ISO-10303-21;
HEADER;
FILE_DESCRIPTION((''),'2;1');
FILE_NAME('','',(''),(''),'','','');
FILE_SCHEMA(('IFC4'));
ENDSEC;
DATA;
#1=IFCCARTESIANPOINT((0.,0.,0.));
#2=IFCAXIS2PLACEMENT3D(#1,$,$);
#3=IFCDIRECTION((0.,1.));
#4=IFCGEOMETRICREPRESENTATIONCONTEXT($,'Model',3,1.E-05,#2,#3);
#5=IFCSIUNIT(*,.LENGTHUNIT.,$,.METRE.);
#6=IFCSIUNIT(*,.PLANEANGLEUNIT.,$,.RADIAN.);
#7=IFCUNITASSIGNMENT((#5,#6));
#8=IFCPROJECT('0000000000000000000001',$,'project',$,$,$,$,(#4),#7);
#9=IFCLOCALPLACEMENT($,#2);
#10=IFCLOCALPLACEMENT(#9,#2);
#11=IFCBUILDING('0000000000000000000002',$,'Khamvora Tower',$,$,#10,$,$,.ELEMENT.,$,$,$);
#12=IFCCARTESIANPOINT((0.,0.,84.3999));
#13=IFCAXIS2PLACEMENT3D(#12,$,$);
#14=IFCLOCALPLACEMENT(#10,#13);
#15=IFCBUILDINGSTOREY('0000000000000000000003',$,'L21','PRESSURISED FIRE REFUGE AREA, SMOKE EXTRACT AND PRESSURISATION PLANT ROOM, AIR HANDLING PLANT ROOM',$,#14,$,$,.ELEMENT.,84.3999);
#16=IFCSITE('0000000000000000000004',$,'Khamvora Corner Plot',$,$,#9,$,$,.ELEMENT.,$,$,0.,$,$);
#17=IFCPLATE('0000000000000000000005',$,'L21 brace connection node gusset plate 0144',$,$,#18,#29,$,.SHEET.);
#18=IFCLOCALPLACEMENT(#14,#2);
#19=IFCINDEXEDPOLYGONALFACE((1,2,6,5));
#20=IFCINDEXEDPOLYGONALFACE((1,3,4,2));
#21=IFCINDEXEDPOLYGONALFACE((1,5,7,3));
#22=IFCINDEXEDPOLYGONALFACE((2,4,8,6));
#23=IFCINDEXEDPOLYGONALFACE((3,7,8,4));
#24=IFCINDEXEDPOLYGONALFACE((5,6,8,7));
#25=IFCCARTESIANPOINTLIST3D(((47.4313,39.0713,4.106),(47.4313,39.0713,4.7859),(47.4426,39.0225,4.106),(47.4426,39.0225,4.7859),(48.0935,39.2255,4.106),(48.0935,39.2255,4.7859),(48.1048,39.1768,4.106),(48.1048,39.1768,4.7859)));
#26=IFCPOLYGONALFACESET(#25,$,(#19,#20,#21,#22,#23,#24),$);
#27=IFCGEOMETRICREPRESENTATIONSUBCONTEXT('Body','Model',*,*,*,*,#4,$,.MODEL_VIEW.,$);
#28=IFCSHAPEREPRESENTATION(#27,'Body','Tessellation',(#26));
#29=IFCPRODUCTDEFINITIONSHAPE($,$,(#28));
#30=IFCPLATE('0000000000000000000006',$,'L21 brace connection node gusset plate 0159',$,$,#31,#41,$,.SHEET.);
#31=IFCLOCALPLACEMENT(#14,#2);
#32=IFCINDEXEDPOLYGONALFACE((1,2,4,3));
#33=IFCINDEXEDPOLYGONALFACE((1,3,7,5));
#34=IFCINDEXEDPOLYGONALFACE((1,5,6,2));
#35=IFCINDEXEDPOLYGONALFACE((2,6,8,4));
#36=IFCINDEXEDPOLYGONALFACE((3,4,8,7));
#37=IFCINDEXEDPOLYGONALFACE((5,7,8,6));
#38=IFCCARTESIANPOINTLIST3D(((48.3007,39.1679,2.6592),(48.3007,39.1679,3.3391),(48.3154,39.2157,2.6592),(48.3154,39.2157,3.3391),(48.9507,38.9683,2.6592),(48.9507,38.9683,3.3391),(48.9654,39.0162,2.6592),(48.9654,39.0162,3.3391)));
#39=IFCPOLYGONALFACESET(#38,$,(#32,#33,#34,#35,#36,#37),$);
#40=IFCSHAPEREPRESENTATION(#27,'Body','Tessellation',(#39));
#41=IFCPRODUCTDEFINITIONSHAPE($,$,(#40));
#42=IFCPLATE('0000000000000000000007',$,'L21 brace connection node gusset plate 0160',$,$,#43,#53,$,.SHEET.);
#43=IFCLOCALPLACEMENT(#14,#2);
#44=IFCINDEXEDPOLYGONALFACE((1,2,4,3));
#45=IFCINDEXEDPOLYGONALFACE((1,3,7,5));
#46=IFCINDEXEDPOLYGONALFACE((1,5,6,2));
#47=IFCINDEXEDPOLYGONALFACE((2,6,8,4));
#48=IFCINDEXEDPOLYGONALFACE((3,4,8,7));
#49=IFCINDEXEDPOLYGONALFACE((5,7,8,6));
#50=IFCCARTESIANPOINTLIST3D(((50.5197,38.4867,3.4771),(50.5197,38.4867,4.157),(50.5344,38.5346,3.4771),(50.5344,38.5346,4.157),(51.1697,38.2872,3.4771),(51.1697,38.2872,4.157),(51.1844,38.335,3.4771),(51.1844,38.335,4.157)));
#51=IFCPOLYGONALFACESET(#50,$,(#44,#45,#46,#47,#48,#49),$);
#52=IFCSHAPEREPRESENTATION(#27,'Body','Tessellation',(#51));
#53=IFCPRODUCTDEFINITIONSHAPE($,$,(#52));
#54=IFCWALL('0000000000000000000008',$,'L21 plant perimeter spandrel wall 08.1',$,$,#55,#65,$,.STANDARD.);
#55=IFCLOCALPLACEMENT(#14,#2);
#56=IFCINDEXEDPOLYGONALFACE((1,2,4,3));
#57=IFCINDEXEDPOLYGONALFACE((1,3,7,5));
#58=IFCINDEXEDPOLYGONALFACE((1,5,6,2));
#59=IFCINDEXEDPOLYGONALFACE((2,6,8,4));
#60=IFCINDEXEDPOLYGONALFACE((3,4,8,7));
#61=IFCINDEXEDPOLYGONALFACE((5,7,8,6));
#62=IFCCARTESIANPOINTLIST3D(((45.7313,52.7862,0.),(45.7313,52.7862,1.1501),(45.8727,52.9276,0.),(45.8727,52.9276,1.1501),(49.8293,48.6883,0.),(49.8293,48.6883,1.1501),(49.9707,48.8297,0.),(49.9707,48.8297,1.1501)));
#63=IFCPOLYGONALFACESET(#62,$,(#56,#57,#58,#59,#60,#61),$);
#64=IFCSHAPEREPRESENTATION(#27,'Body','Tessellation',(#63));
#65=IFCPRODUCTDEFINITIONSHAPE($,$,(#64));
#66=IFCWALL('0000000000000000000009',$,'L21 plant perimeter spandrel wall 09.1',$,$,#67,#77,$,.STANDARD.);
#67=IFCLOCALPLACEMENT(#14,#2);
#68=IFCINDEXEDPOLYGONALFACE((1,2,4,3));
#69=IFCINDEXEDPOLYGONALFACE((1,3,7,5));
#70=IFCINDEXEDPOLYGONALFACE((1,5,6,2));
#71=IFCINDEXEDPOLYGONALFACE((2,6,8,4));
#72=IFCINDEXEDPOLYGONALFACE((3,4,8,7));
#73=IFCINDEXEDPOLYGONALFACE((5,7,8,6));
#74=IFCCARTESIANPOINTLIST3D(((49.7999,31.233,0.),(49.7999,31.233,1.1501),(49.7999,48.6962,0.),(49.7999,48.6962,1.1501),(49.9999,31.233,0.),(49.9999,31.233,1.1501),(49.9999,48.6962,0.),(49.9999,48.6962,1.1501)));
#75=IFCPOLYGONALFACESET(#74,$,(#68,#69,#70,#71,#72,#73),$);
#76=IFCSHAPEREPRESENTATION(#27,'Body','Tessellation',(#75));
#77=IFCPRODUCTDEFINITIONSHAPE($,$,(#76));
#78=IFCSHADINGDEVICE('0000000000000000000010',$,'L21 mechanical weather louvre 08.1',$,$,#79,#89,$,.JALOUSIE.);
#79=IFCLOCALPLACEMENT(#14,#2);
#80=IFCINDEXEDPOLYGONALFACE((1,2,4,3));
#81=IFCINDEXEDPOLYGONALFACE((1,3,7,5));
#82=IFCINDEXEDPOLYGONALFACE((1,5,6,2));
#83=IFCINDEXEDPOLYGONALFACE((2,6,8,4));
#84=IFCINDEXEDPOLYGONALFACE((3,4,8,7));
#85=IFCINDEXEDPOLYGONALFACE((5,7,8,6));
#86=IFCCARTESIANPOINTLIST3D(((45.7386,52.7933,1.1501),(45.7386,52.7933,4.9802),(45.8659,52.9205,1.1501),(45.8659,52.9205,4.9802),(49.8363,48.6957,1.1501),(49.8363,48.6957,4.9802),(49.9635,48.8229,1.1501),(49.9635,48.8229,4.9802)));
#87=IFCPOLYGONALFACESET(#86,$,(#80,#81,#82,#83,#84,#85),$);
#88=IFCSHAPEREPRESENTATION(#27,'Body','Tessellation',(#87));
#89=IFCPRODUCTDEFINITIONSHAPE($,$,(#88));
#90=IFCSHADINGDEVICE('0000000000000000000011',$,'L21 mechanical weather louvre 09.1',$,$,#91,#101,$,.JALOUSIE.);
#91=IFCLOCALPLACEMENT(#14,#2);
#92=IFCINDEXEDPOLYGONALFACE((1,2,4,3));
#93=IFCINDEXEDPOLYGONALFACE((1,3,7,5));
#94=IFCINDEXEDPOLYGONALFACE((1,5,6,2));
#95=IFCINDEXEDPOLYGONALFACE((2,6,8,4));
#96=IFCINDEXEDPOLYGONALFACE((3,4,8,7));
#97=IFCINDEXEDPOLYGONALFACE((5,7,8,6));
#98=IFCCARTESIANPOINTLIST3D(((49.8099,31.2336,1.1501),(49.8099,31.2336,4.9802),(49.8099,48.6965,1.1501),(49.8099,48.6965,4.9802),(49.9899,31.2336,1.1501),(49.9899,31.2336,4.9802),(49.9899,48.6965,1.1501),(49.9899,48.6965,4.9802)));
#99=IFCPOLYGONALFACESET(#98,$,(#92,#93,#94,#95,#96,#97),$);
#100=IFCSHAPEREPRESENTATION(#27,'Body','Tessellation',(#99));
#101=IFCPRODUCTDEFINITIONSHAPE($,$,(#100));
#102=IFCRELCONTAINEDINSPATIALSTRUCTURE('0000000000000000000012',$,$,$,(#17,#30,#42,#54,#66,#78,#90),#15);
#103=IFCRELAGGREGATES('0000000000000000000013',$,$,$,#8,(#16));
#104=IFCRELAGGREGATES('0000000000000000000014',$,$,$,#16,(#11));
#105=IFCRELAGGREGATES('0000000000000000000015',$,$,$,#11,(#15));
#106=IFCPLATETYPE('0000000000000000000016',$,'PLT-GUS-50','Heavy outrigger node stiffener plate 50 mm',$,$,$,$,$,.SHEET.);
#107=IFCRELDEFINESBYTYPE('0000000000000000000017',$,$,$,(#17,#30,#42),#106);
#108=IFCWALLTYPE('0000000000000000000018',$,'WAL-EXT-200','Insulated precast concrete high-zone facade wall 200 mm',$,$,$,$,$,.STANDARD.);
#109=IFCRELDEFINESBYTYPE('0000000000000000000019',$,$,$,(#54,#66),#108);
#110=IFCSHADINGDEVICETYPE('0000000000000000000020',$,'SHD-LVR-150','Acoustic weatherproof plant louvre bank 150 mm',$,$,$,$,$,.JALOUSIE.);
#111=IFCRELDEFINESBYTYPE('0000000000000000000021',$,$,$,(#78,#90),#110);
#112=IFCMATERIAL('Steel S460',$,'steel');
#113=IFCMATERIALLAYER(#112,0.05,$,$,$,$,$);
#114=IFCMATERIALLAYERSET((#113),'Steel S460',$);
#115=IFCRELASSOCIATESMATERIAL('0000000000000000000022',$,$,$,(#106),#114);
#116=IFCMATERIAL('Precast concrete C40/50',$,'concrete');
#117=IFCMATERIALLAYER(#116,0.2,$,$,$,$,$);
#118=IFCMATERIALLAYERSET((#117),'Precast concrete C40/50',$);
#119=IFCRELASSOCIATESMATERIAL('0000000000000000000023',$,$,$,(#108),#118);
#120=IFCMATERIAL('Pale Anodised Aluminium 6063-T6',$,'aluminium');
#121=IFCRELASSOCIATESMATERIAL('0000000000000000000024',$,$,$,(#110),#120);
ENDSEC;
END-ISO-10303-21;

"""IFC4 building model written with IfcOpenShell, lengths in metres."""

from ifc_helpers import new_model, si_unit, direction, frame, frame_2d, origin, origin_2d, place, context, subcontext, project, spatial, rectangle, extrude, material, layer, layer_set, type_object, element, save


model = new_model("IFC4")

# Units and contexts
model_context = context("Model", 3, precision=1e-05, world=origin(), true_north=direction((0.0, 1.0)))
body_context = subcontext(model_context, "Body", "Model", "MODEL_VIEW")
ifc_project = project(units=[si_unit("LENGTHUNIT", "METRE"), si_unit("PLANEANGLEUNIT", "RADIAN")], contexts=[model_context])

# Site, building, storey
site_placement = place(None, origin())
site = spatial("IfcSite", under=ifc_project, at=site_placement, Name="Khamvora Corner Plot", CompositionType="ELEMENT", RefElevation=0.0)
building_placement = place(site_placement, origin())
building = spatial("IfcBuilding", under=site, at=building_placement, Name="Khamvora Tower", CompositionType="ELEMENT")
storey_placement = place(building_placement, frame((0.0, 0.0, 84.3999)))
storey = spatial("IfcBuildingStorey", under=building, at=storey_placement, Name="L21", Description="PRESSURISED FIRE REFUGE AREA, SMOKE EXTRACT AND PRESSURISATION PLANT ROOM, AIR HANDLING PLANT ROOM", CompositionType="ELEMENT", Elevation=84.3999)

# Shared definitions
ifc_material_1 = material(Name="Steel S460", Category="steel")

# Plates
ifc_layer_1 = layer(ifc_material_1, 0.05)
ifc_layer_set_1 = layer_set([ifc_layer_1], Name="Steel S460")
plate_type_1 = type_object("IfcPlateType", Name="PLT-GUS-50", Description="Heavy outrigger node stiffener plate 50 mm", PredefinedType="SHEET", material=ifc_layer_set_1)
for number, where, z_axis, x_axis, name in (
    (1, (47.7681, 39.124, 4.106), (0.0, 0.0, 1.0), (0.973925, 0.226872, 0.0), "L21 brace connection node gusset plate 0144"),
    (2, (48.6331, 39.092, 2.6592), (0.0, 0.0, 1.0), (0.955962, -0.29349, 0.0), "L21 brace connection node gusset plate 0159"),
    (3, (50.8521, 38.4109, 3.4771), (0.0, 0.0, 1.0), (0.955962, -0.29349, 0.0), "L21 brace connection node gusset plate 0160"),
):
    element("IfcPlate", number, at=place(storey_placement, frame(where, z_axis=z_axis, x_axis=x_axis)), inside=storey, type_object=plate_type_1, Name=name, PredefinedType="SHEET", context=body_context, shape_type="SweptSolid", body=[
        extrude(rectangle(XDim=0.6799, YDim=0.05, at=origin_2d()), origin(), (0.0, 0.0, 1.0), 0.6799),
    ])

# Walls
ifc_material_2 = material(Name="Precast concrete C40/50", Category="concrete")
ifc_layer_2 = layer(ifc_material_2, 0.2)
ifc_layer_set_2 = layer_set([ifc_layer_2], Name="Precast concrete C40/50")
wall_type = type_object("IfcWallType", Name="WAL-EXT-200", Description="Insulated precast concrete high-zone facade wall 200 mm", PredefinedType="STANDARD", material=ifc_layer_set_2)
wall_1_placement = place(storey_placement, frame((45.802, 52.8569, 0.0), z_axis=(0.0, 0.0, 1.0), x_axis=(0.707107, -0.707107, 0.0)))
element("IfcWall", 4, at=wall_1_placement, inside=storey, type_object=wall_type, Name="L21 plant perimeter spandrel wall 08.1", PredefinedType="STANDARD", context=body_context, shape_type="SweptSolid", body=[
    extrude(rectangle(XDim=5.7954, YDim=0.2, at=frame_2d((2.8977, 0.0))), origin(), (0.0, 0.0, 1.0), 1.1501),
])
wall_2_placement = place(storey_placement, frame((49.8999, 48.696, 0.0), z_axis=(0.0, 0.0, 1.0), x_axis=(0.0, -1.0, 0.0)))
element("IfcWall", 5, at=wall_2_placement, inside=storey, type_object=wall_type, Name="L21 plant perimeter spandrel wall 09.1", PredefinedType="STANDARD", context=body_context, shape_type="SweptSolid", body=[
    extrude(rectangle(XDim=17.4631, YDim=0.2, at=frame_2d((8.7314, 0.0))), origin(), (0.0, 0.0, 1.0), 1.1501),
])

# Shading devices
ifc_material_3 = material(Name="Pale Anodised Aluminium 6063-T6", Category="aluminium")
shading_device_type = type_object("IfcShadingDeviceType", Name="SHD-LVR-150", Description="Acoustic weatherproof plant louvre bank 150 mm", PredefinedType="JALOUSIE", material=ifc_material_3)
shading_device_1_placement = place(storey_placement, frame((47.8511, 50.8081, 1.1501), z_axis=(0.0, 0.0, 1.0), x_axis=(0.707107, -0.707107, 0.0)))
element("IfcShadingDevice", 6, at=shading_device_1_placement, inside=storey, type_object=shading_device_type, Name="L21 mechanical weather louvre 08.1", PredefinedType="JALOUSIE", context=body_context, shape_type="SweptSolid", body=[
    extrude(rectangle(XDim=5.7949, YDim=0.1799, at=origin_2d()), origin(), (0.0, 0.0, 1.0), 3.8301),
])
shading_device_2_placement = place(storey_placement, frame((49.8999, 39.9651, 1.1501), z_axis=(0.0, 0.0, 1.0), x_axis=(0.0, -1.0, 0.0)))
element("IfcShadingDevice", 7, at=shading_device_2_placement, inside=storey, type_object=shading_device_type, Name="L21 mechanical weather louvre 09.1", PredefinedType="JALOUSIE", context=body_context, shape_type="SweptSolid", body=[
    extrude(rectangle(XDim=17.4629, YDim=0.1799, at=origin_2d()), origin(), (0.0, 0.0, 1.0), 3.8301),
])

save(model, "model.ifc")
